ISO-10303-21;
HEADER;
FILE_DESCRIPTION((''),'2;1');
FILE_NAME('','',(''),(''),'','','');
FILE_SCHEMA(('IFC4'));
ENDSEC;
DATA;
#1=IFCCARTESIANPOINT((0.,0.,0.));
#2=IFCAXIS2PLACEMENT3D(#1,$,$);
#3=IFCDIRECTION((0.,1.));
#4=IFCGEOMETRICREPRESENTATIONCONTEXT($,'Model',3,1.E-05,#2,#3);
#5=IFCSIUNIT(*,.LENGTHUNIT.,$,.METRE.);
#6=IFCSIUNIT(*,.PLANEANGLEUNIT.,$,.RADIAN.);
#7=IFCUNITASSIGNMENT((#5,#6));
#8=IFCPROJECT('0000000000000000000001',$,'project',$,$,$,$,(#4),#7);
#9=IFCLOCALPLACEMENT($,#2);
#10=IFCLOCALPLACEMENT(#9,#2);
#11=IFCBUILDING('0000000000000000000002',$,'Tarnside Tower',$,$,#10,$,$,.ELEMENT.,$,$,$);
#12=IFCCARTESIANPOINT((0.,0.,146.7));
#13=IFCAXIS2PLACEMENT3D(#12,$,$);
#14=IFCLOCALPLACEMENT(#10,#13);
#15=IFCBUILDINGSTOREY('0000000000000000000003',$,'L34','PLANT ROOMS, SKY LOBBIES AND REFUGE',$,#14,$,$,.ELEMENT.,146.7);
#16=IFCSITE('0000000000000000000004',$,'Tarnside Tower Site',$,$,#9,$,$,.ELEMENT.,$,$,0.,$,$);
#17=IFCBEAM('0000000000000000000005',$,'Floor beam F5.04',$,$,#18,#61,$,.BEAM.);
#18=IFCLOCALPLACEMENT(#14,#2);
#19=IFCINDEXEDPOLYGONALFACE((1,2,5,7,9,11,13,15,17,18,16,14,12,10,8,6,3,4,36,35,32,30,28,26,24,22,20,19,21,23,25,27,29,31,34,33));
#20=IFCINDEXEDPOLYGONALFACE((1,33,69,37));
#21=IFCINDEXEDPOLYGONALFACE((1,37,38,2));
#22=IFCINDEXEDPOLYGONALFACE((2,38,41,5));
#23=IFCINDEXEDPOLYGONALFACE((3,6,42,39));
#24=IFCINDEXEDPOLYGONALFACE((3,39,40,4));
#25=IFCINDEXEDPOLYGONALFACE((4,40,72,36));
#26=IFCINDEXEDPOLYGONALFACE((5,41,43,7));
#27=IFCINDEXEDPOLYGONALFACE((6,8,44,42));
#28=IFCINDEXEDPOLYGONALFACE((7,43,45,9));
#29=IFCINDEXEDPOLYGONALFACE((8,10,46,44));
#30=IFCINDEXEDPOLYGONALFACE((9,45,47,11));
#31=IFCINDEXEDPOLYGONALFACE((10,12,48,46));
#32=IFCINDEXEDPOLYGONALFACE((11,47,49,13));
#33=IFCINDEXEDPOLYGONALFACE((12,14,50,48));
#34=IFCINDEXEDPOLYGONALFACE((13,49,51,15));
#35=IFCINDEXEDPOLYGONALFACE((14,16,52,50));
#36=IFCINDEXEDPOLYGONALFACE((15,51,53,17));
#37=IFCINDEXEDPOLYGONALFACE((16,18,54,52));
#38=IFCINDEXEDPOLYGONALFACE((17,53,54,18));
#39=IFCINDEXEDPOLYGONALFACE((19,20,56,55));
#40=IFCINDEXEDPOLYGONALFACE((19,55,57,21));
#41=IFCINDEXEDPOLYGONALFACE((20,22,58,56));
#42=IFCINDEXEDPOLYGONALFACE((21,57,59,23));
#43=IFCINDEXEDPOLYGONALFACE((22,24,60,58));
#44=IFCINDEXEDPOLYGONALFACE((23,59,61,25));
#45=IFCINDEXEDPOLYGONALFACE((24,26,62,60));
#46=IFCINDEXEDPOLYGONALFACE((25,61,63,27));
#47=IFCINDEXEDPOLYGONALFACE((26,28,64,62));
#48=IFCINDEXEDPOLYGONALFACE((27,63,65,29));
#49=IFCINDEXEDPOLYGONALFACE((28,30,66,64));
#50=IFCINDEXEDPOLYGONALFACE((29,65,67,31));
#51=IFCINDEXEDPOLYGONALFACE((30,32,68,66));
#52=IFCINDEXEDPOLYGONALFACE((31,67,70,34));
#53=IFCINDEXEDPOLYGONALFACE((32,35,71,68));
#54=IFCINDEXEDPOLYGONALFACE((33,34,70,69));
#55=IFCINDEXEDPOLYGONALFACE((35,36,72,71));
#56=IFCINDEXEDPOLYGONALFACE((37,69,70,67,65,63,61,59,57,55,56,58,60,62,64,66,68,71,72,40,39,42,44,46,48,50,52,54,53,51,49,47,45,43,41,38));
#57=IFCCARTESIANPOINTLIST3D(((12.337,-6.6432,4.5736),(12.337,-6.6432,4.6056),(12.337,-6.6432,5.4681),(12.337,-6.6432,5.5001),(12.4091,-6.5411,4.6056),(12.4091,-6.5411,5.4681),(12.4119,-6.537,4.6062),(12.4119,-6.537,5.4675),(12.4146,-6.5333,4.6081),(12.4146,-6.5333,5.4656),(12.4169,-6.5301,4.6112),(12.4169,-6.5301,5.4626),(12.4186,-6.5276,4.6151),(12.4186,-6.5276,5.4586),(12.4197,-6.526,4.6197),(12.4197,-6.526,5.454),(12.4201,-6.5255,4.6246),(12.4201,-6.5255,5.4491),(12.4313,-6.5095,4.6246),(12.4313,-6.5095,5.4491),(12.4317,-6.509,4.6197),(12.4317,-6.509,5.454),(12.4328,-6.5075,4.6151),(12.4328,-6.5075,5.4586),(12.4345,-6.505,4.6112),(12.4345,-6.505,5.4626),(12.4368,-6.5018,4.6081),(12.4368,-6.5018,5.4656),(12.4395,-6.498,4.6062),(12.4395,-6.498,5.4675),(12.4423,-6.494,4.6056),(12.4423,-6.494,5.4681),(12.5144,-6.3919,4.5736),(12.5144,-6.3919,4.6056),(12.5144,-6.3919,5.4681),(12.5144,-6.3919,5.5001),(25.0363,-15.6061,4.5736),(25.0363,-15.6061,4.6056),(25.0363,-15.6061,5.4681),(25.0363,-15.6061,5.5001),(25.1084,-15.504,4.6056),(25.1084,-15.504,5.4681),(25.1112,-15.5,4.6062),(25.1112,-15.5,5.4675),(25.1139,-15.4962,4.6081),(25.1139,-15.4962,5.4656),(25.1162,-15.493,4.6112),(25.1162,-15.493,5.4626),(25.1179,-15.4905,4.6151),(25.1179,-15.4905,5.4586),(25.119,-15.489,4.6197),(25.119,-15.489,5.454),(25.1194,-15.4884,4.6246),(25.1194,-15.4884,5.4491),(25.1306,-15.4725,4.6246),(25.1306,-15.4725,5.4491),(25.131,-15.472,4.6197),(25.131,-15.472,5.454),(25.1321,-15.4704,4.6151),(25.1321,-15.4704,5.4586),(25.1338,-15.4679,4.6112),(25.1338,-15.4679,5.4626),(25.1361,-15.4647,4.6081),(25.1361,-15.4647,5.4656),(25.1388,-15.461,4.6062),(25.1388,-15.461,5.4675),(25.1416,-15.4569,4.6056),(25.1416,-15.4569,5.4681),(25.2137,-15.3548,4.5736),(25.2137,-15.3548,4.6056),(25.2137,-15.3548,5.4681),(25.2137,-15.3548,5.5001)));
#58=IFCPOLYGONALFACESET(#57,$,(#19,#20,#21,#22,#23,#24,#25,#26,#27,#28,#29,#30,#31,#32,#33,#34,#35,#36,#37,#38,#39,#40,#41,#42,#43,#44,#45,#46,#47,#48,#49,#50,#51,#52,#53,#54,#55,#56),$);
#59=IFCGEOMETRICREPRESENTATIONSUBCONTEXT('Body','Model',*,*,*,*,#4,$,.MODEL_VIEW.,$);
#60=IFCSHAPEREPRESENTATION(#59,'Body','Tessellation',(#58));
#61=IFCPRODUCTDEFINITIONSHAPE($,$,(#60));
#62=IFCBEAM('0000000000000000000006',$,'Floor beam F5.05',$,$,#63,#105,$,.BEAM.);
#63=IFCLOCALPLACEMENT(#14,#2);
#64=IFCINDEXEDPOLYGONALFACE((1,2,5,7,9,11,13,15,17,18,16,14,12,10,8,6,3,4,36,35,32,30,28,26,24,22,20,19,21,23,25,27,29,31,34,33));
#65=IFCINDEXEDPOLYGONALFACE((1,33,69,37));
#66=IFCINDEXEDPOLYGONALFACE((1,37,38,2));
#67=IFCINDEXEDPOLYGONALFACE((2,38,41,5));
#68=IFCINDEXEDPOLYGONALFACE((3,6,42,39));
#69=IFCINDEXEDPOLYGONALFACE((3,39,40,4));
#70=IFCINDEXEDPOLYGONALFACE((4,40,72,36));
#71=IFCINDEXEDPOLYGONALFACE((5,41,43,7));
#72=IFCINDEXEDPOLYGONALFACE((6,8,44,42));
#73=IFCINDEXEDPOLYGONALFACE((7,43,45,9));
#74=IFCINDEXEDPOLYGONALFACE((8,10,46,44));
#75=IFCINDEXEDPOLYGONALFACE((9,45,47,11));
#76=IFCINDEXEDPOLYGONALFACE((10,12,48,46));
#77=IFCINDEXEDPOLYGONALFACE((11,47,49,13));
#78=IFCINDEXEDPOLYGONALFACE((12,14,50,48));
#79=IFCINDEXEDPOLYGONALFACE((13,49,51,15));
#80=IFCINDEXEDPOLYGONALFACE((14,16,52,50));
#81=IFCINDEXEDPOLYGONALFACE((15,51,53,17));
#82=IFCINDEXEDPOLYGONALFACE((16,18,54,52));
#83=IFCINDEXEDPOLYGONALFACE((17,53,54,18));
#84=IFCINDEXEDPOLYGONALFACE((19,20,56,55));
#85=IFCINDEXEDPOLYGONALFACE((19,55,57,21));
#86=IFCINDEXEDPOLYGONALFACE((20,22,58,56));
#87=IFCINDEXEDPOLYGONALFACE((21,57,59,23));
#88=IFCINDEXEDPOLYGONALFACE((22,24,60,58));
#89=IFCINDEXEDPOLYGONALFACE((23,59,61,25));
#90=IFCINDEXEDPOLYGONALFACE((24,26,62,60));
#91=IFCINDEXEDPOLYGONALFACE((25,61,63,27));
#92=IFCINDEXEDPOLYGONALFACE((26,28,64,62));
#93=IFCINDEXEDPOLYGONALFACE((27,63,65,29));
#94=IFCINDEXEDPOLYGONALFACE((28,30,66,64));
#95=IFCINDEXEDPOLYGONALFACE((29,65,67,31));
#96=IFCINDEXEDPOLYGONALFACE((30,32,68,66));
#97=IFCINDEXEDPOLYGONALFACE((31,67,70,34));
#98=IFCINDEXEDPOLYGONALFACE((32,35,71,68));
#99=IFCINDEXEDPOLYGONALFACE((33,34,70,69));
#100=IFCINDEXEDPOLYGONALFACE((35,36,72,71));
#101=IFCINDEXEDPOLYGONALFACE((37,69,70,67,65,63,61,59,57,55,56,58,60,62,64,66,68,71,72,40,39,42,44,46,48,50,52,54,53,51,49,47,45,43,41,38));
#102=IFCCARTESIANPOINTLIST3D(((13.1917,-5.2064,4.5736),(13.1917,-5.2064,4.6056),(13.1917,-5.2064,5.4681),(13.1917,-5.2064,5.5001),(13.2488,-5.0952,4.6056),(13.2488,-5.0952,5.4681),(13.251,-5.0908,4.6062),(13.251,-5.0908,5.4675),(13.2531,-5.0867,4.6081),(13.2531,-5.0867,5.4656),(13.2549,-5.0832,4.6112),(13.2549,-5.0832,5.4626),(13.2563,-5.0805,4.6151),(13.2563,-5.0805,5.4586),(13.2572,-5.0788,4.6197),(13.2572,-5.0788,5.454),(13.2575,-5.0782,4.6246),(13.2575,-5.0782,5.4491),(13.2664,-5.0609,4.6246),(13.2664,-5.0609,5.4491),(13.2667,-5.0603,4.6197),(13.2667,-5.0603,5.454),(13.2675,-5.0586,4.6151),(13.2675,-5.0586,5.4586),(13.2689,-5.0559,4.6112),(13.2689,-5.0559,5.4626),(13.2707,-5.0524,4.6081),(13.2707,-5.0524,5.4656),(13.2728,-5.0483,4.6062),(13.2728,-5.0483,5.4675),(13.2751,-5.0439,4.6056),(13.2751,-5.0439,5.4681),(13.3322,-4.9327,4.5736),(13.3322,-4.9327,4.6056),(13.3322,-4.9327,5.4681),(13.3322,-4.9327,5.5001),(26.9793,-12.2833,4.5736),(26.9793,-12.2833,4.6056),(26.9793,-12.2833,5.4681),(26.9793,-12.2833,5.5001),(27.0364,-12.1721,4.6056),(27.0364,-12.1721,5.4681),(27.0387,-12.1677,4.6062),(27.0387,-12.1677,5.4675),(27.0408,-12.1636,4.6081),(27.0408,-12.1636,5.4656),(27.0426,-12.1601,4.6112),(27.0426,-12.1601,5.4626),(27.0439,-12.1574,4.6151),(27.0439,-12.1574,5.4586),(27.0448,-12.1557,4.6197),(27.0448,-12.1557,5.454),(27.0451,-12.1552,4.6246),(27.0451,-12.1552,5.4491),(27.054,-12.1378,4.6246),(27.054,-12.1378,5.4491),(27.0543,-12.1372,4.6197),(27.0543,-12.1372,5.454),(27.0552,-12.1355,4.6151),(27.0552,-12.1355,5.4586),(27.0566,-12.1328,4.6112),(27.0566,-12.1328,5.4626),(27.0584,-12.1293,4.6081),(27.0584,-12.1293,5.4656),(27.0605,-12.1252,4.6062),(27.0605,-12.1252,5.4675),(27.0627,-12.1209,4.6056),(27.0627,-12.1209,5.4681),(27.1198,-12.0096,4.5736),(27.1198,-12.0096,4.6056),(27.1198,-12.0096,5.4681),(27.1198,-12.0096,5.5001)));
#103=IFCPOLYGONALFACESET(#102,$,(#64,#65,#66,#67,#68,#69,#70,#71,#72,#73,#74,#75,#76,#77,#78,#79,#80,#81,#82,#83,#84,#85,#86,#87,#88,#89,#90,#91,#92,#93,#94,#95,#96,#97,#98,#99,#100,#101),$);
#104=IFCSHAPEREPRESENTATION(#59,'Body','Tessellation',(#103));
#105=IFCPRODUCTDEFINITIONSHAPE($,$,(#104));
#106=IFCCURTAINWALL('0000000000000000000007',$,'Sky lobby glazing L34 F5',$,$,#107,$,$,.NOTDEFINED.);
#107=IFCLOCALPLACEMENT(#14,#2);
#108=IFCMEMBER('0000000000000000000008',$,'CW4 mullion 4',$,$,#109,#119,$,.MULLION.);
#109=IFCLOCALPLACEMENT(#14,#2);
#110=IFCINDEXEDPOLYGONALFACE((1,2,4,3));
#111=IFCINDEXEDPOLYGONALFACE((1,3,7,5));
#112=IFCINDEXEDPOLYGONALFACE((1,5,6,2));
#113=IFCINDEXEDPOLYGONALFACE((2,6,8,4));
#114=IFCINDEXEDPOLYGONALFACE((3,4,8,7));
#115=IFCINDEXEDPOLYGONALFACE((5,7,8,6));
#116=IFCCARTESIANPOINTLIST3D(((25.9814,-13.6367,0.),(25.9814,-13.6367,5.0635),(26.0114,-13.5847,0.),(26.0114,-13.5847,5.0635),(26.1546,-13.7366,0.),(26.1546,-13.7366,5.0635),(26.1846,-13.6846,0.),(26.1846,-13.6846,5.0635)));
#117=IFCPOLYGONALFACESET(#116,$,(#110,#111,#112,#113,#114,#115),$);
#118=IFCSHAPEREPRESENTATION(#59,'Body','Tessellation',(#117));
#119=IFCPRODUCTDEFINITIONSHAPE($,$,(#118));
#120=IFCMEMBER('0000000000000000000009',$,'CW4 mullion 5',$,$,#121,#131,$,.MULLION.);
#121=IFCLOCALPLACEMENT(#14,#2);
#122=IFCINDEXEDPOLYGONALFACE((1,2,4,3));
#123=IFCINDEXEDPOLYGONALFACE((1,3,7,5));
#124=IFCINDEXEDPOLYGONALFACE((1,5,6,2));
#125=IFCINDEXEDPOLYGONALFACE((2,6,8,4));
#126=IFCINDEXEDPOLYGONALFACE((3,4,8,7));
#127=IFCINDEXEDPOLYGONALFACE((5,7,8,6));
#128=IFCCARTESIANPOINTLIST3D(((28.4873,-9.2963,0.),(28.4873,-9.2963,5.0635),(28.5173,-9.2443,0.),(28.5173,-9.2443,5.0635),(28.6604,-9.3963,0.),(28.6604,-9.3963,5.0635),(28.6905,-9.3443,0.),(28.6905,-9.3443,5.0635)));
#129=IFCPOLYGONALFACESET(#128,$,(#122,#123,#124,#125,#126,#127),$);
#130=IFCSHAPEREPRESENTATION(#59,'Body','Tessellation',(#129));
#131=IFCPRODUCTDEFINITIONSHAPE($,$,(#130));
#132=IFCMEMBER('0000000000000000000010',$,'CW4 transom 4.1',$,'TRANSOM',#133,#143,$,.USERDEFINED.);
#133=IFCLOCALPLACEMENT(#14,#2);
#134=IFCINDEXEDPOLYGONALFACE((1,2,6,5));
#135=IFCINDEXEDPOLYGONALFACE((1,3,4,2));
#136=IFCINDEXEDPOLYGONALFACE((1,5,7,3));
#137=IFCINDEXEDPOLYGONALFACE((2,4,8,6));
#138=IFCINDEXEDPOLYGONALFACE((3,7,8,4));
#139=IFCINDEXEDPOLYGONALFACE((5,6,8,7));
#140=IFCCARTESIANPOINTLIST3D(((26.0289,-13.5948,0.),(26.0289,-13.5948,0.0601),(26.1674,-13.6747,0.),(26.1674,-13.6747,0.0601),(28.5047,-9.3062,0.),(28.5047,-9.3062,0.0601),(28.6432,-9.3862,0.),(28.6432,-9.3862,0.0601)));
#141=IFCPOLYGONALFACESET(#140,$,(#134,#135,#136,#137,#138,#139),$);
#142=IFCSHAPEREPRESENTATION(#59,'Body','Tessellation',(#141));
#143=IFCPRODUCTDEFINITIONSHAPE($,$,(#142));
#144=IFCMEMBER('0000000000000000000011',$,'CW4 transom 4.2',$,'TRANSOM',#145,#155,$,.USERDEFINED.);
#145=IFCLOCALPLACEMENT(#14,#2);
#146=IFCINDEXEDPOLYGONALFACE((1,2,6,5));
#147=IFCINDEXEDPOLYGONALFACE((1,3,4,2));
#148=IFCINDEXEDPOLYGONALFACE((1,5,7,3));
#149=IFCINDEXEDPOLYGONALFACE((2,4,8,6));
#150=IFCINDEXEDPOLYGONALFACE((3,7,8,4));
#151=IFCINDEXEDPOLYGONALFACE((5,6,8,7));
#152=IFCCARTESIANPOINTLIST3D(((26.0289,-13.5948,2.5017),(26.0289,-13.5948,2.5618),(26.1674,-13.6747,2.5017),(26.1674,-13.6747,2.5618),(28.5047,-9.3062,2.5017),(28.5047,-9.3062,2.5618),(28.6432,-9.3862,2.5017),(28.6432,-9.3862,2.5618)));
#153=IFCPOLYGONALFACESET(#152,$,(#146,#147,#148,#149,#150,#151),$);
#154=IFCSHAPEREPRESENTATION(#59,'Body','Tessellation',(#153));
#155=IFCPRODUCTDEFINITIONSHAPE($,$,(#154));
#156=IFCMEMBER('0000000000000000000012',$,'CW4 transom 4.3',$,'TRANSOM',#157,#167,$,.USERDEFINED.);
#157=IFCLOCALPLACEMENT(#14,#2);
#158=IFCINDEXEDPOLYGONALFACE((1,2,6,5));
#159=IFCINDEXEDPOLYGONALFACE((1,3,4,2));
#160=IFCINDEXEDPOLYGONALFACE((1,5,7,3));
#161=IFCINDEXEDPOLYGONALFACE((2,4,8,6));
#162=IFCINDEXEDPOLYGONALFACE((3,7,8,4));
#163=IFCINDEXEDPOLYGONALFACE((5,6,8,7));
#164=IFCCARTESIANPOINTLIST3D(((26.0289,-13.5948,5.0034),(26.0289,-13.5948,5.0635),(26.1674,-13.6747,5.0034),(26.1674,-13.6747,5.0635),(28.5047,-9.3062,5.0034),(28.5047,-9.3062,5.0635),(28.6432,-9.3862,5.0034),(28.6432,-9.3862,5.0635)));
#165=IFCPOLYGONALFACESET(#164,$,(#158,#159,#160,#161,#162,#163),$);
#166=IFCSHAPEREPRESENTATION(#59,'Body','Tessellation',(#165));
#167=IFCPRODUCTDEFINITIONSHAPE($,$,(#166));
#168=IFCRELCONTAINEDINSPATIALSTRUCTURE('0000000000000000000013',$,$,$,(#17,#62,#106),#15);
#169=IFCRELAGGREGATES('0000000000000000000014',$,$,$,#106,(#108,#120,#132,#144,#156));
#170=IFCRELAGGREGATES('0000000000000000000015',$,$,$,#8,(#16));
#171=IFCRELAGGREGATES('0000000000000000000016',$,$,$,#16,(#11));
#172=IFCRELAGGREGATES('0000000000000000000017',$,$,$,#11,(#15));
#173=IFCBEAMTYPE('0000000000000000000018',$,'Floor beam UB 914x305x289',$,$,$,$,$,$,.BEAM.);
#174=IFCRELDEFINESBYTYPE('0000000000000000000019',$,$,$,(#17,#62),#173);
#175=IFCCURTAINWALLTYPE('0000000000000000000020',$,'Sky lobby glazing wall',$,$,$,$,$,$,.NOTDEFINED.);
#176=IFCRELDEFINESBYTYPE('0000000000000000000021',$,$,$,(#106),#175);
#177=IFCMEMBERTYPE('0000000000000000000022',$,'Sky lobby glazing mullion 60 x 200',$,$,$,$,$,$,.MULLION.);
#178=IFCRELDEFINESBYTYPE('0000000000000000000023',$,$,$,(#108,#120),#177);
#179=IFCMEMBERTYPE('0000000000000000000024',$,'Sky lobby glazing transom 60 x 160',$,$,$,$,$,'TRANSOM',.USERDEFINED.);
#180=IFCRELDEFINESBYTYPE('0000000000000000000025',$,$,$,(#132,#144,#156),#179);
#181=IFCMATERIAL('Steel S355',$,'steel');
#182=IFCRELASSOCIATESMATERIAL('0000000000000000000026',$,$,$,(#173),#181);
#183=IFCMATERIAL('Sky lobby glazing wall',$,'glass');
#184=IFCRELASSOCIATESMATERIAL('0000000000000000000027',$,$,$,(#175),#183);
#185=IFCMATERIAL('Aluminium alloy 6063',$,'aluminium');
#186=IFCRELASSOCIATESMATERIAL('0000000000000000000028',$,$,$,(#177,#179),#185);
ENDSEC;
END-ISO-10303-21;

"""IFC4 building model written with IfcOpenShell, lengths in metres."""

from ifc_helpers import new_model, si_unit, direction, frame, origin, origin_2d, place, context, subcontext, project, spatial, rectangle, i_section, extrude, material, material_profile, profile_set, type_object, element, aggregate, save


model = new_model("IFC4")

# Units and contexts
model_context = context("Model", 3, precision=1e-05, world=origin(), true_north=direction((0.0, 1.0)))
body_context = subcontext(model_context, "Body", "Model", "MODEL_VIEW")
ifc_project = project(units=[si_unit("LENGTHUNIT", "METRE"), si_unit("PLANEANGLEUNIT", "RADIAN")], contexts=[model_context])

# Site, building, storey
site_placement = place(None, origin())
site = spatial("IfcSite", under=ifc_project, at=site_placement, Name="Tarnside Tower Site", CompositionType="ELEMENT", RefElevation=0.0)
building_placement = place(site_placement, origin())
building = spatial("IfcBuilding", under=site, at=building_placement, Name="Tarnside Tower", CompositionType="ELEMENT")
storey_placement = place(building_placement, frame((0.0, 0.0, 146.7)))
storey = spatial("IfcBuildingStorey", under=building, at=storey_placement, Name="L34", Description="PLANT ROOMS, SKY LOBBIES AND REFUGE", CompositionType="ELEMENT", Elevation=146.7)

# Beams
ifc_material_1 = material(Name="Steel S355", Category="steel")
ifc_material_profile_1 = material_profile(ifc_material_1, i_section(OverallWidth=0.3076, OverallDepth=0.9265, WebThickness=0.0195, FlangeThickness=0.032, FilletRadius=0.019, at=origin_2d()), Name="UB 914x305x289")
ifc_profile_set_1 = profile_set([ifc_material_profile_1], Name="Steel S355")
beam_type = type_object("IfcBeamType", Name="Floor beam UB 914x305x289", PredefinedType="BEAM", material=ifc_profile_set_1)
beam_1_placement = place(storey_placement, frame((25.125, -15.4805, 5.0369), z_axis=(-0.817006, 0.576629, 0.0), x_axis=(-0.576629, -0.817006, 0.0)))
element("IfcBeam", 1, at=beam_1_placement, inside=storey, type_object=beam_type, Name="Floor beam F5.04", PredefinedType="BEAM", context=body_context, shape_type="SweptSolid", body=[
    extrude(i_section(OverallWidth=0.3076, OverallDepth=0.9265, WebThickness=0.0195, FlangeThickness=0.032, FilletRadius=0.019, at=origin_2d()), origin(), (0.0, 0.0, 1.0), 15.5437),
])
beam_2_placement = place(storey_placement, frame((27.0496, -12.1465, 5.0369), z_axis=(-0.889651, 0.456641, 0.0), x_axis=(-0.456641, -0.889651, 0.0)))
element("IfcBeam", 2, at=beam_2_placement, inside=storey, type_object=beam_type, Name="Floor beam F5.05", PredefinedType="BEAM", context=body_context, shape_type="SweptSolid", body=[
    extrude(i_section(OverallWidth=0.3076, OverallDepth=0.9265, WebThickness=0.0195, FlangeThickness=0.032, FilletRadius=0.019, at=origin_2d()), origin(), (0.0, 0.0, 1.0), 15.4978),
])

# Curtain wall, members
ifc_material_2 = material(Name="Sky lobby glazing wall", Category="glass")
curtain_wall_type = type_object("IfcCurtainWallType", Name="Sky lobby glazing wall", PredefinedType="NOTDEFINED", material=ifc_material_2)
curtain_wall_placement = place(storey_placement, origin())
curtain_wall = element("IfcCurtainWall", 3, at=curtain_wall_placement, inside=storey, type_object=curtain_wall_type, Name="Sky lobby glazing L34 F5", PredefinedType="NOTDEFINED")
ifc_material_3 = material(Name="Aluminium alloy 6063", Category="aluminium")
ifc_material_profile_2 = material_profile(ifc_material_3, rectangle(XDim=0.2, YDim=0.0601, at=origin_2d()), Name="Sky lobby glazing mullion 60 x 200")
ifc_profile_set_2 = profile_set([ifc_material_profile_2], Name="Aluminium alloy 6063")
member_type_1 = type_object("IfcMemberType", Name="Sky lobby glazing mullion 60 x 200", PredefinedType="MULLION", material=ifc_profile_set_2)
member_1_placement = place(storey_placement, frame((26.083, -13.6606, 0.0), z_axis=(0.0, 0.0, 1.0), x_axis=(-0.866025, 0.5, 0.0)))
member_1 = element("IfcMember", 4, at=member_1_placement, type_object=member_type_1, Name="CW4 mullion 4", PredefinedType="MULLION", context=body_context, shape_type="SweptSolid", body=[
    extrude(rectangle(XDim=0.2, YDim=0.0601, at=origin_2d()), origin(), (0.0, 0.0, 1.0), 5.0635),
])
member_2_placement = place(storey_placement, frame((28.5889, -9.3203, 0.0), z_axis=(0.0, 0.0, 1.0), x_axis=(-0.866025, 0.5, 0.0)))
member_2 = element("IfcMember", 5, at=member_2_placement, type_object=member_type_1, Name="CW4 mullion 5", PredefinedType="MULLION", context=body_context, shape_type="SweptSolid", body=[
    extrude(rectangle(XDim=0.2, YDim=0.0601, at=origin_2d()), origin(), (0.0, 0.0, 1.0), 5.0635),
])
ifc_material_profile_3 = material_profile(ifc_material_3, rectangle(XDim=0.1599, YDim=0.0601, at=origin_2d()), Name="Sky lobby glazing transom 60 x 160")
ifc_profile_set_3 = profile_set([ifc_material_profile_3], Name="Aluminium alloy 6063")
member_type_2 = type_object("IfcMemberType", Name="Sky lobby glazing transom 60 x 160", ElementType="TRANSOM", PredefinedType="USERDEFINED", material=ifc_profile_set_3)
member_3_placement = place(storey_placement, frame((26.0981, -13.6348, 0.03), z_axis=(0.499973, 0.866041, 0.0), x_axis=(-0.866041, 0.499973, 0.0)))
member_3 = element("IfcMember", 6, at=member_3_placement, type_object=member_type_2, Name="CW4 transom 4.1", ObjectType="TRANSOM", PredefinedType="USERDEFINED", context=body_context, shape_type="SweptSolid", body=[
    extrude(rectangle(XDim=0.1599, YDim=0.0601, at=origin_2d()), origin(), (0.0, 0.0, 1.0), 4.9519),
])
member_4_placement = place(storey_placement, frame((26.0981, -13.6348, 2.5317), z_axis=(0.499973, 0.866041, 0.0), x_axis=(-0.866041, 0.499973, 0.0)))
member_4 = element("IfcMember", 7, at=member_4_placement, type_object=member_type_2, Name="CW4 transom 4.2", ObjectType="TRANSOM", PredefinedType="USERDEFINED", context=body_context, shape_type="SweptSolid", body=[
    extrude(rectangle(XDim=0.1599, YDim=0.0601, at=origin_2d()), origin(), (0.0, 0.0, 1.0), 4.9519),
])
member_5_placement = place(storey_placement, frame((26.0981, -13.6348, 5.0334), z_axis=(0.499973, 0.866041, 0.0), x_axis=(-0.866041, 0.499973, 0.0)))
member_5 = element("IfcMember", 8, at=member_5_placement, type_object=member_type_2, Name="CW4 transom 4.3", ObjectType="TRANSOM", PredefinedType="USERDEFINED", context=body_context, shape_type="SweptSolid", body=[
    extrude(rectangle(XDim=0.1599, YDim=0.0601, at=origin_2d()), origin(), (0.0, 0.0, 1.0), 4.9519),
])

aggregate(curtain_wall, [member_1, member_2, member_3, member_4, member_5])

save(model, "model.ifc")
